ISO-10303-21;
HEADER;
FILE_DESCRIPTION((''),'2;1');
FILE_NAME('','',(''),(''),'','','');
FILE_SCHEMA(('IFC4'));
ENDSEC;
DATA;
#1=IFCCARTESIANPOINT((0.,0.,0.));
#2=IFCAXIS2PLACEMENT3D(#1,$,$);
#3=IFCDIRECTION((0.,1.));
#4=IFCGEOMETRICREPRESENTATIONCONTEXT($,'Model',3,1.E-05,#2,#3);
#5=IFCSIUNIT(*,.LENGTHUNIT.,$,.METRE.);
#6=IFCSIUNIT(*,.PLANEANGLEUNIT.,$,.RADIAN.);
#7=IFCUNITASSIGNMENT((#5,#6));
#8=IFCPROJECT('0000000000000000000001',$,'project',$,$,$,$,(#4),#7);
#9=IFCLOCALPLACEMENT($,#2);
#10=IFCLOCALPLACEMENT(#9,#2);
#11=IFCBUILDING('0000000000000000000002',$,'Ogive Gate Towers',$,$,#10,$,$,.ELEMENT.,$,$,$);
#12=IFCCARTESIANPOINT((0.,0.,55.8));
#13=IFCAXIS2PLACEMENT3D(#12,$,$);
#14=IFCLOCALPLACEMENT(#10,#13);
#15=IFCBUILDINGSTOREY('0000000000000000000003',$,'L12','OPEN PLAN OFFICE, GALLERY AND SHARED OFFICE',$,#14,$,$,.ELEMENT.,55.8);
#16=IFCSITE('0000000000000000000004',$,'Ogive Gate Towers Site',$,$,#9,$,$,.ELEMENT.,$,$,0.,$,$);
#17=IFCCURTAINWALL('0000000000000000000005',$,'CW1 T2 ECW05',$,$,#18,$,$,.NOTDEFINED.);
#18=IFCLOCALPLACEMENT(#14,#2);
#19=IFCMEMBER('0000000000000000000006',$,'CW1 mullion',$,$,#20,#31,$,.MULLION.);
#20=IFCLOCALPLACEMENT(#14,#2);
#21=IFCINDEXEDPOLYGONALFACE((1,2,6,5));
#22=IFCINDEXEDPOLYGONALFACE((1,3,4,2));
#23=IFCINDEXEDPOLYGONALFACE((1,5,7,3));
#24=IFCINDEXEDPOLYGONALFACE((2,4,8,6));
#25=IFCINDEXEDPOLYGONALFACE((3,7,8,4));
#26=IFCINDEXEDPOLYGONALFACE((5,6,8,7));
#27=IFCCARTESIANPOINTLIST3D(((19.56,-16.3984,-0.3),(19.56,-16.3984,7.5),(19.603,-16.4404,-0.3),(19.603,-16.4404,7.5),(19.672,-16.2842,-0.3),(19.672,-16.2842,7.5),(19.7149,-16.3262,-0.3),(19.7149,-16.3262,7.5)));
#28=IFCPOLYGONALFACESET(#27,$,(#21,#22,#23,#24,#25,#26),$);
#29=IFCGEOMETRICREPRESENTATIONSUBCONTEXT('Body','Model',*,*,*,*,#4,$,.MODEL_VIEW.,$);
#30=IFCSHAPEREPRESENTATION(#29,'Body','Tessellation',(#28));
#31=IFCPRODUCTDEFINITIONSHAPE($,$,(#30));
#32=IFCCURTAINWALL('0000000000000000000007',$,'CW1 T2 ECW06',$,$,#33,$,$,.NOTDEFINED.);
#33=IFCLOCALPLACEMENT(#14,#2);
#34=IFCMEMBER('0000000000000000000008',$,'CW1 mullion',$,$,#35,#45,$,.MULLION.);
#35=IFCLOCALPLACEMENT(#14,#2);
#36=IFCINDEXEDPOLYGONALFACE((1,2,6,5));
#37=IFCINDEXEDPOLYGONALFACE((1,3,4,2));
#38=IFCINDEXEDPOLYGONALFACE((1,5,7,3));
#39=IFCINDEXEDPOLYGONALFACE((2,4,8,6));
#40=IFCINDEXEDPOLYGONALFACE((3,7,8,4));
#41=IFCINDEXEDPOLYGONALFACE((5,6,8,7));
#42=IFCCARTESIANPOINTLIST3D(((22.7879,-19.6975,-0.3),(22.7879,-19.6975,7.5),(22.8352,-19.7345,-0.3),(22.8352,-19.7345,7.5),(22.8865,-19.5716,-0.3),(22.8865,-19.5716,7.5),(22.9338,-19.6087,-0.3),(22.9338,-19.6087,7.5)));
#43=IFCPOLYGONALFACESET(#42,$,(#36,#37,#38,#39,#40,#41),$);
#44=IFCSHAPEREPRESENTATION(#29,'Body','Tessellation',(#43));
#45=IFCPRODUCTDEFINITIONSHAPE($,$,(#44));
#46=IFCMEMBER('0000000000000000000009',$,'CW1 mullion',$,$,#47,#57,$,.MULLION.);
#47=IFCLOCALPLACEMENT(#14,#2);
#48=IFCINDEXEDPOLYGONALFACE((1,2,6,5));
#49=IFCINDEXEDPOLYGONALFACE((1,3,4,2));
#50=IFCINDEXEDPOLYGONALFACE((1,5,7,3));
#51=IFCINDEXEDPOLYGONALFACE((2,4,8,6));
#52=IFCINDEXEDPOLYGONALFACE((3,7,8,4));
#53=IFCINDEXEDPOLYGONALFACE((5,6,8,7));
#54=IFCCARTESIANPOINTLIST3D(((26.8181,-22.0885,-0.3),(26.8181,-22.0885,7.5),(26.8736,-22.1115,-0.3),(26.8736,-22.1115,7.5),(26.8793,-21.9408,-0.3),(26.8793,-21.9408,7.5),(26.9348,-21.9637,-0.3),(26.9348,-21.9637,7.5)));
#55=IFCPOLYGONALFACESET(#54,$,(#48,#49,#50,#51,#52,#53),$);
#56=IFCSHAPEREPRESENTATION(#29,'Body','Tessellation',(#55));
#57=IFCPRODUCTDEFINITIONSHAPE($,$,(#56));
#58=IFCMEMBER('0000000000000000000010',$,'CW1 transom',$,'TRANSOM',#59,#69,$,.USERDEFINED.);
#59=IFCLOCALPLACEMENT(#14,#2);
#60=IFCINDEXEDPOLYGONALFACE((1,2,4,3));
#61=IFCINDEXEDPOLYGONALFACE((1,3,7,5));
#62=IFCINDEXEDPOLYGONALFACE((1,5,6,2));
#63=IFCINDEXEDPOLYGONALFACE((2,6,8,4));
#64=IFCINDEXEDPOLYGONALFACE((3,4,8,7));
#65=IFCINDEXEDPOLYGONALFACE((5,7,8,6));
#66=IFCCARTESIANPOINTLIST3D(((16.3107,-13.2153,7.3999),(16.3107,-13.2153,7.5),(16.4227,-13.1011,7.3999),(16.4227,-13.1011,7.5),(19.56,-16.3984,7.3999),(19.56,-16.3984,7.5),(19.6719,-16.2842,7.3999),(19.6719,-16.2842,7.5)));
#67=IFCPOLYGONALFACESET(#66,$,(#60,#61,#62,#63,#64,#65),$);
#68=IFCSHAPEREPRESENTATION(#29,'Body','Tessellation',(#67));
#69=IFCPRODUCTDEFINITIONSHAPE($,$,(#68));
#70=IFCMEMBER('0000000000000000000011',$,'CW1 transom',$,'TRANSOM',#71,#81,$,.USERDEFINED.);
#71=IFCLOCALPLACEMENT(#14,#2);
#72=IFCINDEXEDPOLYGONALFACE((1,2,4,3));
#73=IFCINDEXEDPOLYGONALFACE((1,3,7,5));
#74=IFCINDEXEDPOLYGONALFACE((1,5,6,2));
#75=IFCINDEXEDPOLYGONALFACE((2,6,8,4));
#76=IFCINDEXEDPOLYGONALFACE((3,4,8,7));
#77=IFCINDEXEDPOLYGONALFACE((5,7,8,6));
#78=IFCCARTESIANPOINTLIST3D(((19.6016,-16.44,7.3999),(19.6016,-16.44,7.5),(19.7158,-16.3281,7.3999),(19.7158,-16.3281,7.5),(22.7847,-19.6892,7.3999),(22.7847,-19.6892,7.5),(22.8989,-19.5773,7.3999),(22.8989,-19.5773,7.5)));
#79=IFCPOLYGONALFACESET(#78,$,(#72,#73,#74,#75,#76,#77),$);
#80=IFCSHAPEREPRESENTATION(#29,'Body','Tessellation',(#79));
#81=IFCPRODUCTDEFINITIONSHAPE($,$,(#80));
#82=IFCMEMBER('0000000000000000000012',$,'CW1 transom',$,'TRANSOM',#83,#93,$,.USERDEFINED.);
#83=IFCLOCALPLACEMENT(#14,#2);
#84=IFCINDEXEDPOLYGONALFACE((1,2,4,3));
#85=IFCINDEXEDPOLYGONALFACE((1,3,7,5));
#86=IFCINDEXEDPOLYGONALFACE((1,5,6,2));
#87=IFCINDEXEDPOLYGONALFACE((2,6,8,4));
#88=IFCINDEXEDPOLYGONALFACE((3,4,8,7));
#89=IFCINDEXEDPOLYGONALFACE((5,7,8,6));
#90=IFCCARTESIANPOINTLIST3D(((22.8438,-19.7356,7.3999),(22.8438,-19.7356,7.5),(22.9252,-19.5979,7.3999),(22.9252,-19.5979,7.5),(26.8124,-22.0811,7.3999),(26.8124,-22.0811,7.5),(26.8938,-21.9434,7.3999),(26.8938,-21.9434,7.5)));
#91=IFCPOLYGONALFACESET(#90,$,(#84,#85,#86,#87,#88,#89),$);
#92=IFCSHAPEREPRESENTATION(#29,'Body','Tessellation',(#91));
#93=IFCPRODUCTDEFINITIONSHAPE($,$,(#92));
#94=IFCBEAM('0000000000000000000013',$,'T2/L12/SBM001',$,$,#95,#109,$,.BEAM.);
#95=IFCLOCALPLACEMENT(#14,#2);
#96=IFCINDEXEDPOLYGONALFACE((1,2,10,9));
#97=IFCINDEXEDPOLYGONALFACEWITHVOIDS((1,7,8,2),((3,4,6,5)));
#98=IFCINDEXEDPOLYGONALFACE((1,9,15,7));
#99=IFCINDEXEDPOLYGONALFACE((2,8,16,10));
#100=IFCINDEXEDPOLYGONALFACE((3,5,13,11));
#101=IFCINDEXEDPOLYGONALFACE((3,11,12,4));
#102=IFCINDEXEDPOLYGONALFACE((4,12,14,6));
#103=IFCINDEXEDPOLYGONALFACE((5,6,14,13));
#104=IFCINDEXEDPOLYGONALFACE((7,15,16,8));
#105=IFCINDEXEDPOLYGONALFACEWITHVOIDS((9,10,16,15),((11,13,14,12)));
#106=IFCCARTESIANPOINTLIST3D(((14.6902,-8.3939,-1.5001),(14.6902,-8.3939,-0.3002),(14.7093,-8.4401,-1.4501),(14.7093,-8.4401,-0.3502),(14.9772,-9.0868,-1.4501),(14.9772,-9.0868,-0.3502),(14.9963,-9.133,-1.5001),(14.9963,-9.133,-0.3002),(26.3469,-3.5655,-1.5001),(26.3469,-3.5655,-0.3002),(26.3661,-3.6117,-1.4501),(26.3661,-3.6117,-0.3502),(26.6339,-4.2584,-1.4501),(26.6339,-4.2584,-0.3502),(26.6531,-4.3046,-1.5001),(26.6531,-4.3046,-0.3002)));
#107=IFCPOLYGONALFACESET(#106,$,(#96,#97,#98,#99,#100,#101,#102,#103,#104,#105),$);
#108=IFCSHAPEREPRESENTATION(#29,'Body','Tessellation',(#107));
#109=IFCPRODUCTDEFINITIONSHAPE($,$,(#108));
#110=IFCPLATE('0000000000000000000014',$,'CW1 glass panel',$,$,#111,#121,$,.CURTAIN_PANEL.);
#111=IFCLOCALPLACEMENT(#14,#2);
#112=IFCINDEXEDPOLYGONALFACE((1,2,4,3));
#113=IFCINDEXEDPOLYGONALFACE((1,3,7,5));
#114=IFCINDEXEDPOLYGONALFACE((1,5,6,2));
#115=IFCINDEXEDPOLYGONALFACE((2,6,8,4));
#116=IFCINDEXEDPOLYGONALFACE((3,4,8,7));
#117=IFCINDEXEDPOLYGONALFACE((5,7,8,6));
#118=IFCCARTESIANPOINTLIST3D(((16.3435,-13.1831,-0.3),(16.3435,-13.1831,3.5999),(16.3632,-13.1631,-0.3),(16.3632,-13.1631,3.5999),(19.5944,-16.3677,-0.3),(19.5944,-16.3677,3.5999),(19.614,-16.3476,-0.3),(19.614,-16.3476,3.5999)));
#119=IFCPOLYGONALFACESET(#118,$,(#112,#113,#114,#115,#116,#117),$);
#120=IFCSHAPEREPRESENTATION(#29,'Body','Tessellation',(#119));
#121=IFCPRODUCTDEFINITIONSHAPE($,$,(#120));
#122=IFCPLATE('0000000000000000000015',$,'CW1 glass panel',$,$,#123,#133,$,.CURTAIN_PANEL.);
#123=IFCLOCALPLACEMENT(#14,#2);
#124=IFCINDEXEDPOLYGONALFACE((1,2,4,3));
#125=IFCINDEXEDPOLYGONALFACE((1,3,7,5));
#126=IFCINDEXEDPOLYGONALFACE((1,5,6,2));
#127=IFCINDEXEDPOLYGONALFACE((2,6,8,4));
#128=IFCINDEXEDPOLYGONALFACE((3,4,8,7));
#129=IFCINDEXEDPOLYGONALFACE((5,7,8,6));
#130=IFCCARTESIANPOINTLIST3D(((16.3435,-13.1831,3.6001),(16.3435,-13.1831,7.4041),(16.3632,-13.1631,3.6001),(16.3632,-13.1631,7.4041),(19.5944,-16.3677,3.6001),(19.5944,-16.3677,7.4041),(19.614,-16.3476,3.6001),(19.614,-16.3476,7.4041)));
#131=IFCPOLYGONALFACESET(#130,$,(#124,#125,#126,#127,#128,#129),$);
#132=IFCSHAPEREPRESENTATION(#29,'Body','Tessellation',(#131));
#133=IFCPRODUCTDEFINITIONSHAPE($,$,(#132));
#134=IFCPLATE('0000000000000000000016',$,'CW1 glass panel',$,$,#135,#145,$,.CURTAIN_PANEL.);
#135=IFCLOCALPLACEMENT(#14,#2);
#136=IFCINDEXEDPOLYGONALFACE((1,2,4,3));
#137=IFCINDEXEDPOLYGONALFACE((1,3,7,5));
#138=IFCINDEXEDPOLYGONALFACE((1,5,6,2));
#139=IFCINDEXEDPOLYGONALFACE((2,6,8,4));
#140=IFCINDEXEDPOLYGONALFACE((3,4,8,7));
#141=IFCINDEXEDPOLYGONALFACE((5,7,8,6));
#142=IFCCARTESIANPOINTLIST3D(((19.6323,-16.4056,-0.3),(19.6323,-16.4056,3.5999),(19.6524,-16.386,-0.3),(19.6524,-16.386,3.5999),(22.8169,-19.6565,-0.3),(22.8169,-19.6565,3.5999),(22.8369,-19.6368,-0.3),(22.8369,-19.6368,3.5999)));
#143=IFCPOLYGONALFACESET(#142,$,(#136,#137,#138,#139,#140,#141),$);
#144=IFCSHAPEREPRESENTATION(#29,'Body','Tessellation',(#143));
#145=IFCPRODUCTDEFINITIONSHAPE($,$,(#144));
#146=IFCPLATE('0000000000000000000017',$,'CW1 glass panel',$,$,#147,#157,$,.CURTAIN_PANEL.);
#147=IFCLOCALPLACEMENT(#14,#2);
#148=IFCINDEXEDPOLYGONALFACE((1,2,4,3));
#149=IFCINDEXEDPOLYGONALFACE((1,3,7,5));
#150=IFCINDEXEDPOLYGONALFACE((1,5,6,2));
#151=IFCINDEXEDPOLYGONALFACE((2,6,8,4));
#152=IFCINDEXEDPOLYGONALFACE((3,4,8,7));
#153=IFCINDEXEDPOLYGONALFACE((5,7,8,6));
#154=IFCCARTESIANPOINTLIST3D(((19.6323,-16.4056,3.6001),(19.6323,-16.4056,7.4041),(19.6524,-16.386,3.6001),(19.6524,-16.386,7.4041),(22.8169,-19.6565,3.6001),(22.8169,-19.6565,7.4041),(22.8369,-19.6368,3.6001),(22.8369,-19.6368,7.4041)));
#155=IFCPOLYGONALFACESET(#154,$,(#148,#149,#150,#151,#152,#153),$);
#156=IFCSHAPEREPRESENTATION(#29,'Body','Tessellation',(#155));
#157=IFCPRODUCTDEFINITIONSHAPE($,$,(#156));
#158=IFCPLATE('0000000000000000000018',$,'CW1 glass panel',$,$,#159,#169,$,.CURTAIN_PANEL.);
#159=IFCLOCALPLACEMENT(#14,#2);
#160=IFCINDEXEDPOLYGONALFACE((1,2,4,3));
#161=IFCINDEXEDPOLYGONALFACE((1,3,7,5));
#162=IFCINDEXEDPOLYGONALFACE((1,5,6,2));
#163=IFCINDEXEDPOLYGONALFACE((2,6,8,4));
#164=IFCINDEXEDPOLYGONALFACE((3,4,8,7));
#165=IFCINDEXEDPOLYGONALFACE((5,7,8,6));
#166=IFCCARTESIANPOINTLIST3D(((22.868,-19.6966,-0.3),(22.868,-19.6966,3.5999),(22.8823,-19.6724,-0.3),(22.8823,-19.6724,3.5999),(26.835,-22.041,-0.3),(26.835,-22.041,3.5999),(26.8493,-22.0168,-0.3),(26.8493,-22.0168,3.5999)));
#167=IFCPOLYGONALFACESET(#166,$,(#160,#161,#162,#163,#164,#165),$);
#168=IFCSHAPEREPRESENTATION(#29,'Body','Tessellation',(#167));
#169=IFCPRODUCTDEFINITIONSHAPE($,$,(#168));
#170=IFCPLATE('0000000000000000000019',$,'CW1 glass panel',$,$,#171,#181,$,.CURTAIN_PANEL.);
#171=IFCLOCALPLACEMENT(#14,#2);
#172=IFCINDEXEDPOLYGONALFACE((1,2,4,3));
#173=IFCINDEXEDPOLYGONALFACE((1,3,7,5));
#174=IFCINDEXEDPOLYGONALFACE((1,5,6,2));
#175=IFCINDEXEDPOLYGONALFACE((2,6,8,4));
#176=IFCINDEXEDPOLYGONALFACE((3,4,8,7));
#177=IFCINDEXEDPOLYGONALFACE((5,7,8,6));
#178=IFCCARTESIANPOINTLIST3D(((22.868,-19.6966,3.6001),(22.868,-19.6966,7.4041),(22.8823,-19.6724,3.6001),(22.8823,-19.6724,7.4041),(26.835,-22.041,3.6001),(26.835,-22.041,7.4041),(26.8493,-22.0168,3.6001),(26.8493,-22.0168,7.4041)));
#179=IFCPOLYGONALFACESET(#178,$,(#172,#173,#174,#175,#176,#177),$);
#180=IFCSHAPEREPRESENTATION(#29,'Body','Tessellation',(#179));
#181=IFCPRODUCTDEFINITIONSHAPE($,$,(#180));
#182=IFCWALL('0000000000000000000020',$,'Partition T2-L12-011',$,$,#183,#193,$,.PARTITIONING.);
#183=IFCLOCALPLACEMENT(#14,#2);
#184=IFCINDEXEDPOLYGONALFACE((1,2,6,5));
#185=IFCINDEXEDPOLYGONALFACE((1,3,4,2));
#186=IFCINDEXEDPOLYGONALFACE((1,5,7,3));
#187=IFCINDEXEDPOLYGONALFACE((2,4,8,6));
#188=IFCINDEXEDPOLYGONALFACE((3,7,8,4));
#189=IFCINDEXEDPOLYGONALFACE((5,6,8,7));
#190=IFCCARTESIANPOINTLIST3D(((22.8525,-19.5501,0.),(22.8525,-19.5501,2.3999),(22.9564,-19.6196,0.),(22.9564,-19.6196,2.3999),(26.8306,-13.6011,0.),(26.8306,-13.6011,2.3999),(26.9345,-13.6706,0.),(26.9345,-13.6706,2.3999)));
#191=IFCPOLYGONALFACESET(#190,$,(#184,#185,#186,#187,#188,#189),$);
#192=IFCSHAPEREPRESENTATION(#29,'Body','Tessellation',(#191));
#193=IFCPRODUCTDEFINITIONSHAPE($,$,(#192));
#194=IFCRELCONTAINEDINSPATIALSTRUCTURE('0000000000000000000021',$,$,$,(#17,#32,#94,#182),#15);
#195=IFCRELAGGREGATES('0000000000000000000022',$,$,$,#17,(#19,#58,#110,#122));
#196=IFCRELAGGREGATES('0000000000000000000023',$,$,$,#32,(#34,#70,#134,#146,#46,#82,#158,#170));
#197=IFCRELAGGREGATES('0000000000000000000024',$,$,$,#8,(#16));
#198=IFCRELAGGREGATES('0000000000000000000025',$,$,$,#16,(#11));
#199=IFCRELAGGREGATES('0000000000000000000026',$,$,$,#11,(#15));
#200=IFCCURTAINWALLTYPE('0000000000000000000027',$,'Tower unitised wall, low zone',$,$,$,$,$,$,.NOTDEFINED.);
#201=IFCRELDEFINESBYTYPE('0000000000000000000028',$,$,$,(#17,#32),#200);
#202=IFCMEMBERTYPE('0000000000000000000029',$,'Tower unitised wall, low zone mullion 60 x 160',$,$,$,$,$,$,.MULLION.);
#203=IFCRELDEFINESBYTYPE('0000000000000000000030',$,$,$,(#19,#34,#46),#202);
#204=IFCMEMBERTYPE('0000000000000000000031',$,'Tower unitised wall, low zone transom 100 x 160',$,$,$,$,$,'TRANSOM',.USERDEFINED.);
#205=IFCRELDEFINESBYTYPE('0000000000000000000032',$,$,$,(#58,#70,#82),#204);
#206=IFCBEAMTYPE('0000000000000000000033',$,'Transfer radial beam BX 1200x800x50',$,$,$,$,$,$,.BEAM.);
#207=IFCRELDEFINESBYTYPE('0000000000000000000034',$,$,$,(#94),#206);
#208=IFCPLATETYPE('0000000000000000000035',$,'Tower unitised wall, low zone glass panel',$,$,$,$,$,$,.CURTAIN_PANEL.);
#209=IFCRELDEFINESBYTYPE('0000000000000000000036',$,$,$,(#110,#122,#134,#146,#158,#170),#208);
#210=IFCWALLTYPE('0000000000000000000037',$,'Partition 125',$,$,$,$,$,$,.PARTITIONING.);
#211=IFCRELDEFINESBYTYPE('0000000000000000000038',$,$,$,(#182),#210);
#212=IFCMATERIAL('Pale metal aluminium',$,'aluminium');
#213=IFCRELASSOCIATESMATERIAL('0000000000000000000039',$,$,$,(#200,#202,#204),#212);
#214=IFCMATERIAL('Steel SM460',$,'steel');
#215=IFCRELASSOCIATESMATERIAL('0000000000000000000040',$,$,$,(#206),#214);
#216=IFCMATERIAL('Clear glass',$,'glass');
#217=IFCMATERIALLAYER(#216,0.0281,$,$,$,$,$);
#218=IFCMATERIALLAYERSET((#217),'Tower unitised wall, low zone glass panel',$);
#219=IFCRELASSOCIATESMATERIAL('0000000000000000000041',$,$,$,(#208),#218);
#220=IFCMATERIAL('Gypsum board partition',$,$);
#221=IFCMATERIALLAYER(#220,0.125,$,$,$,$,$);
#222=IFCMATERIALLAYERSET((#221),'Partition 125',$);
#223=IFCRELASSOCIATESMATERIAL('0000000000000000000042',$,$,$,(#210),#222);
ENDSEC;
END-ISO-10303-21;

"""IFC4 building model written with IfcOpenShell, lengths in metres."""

from ifc_helpers import new_model, si_unit, direction, frame, frame_2d, origin, origin_2d, place, context, subcontext, project, spatial, rectangle, hollow_rectangle, extrude, material, layer, layer_set, material_profile, profile_set, type_object, element, aggregate, save


model = new_model("IFC4")

# Units and contexts
model_context = context("Model", 3, precision=1e-05, world=origin(), true_north=direction((0.0, 1.0)))
body_context = subcontext(model_context, "Body", "Model", "MODEL_VIEW")
ifc_project = project(units=[si_unit("LENGTHUNIT", "METRE"), si_unit("PLANEANGLEUNIT", "RADIAN")], contexts=[model_context])

# Site, building, storey
site_placement = place(None, origin())
site = spatial("IfcSite", under=ifc_project, at=site_placement, Name="Ogive Gate Towers Site", CompositionType="ELEMENT", RefElevation=0.0)
building_placement = place(site_placement, origin())
building = spatial("IfcBuilding", under=site, at=building_placement, Name="Ogive Gate Towers", CompositionType="ELEMENT")
storey_placement = place(building_placement, frame((0.0, 0.0, 55.8)))
storey = spatial("IfcBuildingStorey", under=building, at=storey_placement, Name="L12", Description="OPEN PLAN OFFICE, GALLERY AND SHARED OFFICE", CompositionType="ELEMENT", Elevation=55.8)

# Curtain wall, member
ifc_material_1 = material(Name="Pale metal aluminium", Category="aluminium")
curtain_wall_type = type_object("IfcCurtainWallType", Name="Tower unitised wall, low zone", PredefinedType="NOTDEFINED", material=ifc_material_1)
curtain_wall_1_placement = place(storey_placement, origin())
curtain_wall_1 = element("IfcCurtainWall", 1, at=curtain_wall_1_placement, inside=storey, type_object=curtain_wall_type, Name="CW1 T2 ECW05", PredefinedType="NOTDEFINED")
ifc_material_profile_1 = material_profile(ifc_material_1, rectangle(XDim=0.1599, YDim=0.0601, at=origin_2d()), Name="60 x 160 aluminium box")
ifc_profile_set_1 = profile_set([ifc_material_profile_1], Name="Pale metal aluminium")
member_type_1 = type_object("IfcMemberType", Name="Tower unitised wall, low zone mullion 60 x 160", PredefinedType="MULLION", material=ifc_profile_set_1)
member_1_placement = place(storey_placement, frame((19.6375, -16.3623, -0.3), z_axis=(0.0, 0.0, 1.0), x_axis=(-0.699788, -0.714351, 0.0)))
member_1 = element("IfcMember", 2, at=member_1_placement, type_object=member_type_1, Name="CW1 mullion", PredefinedType="MULLION", context=body_context, shape_type="SweptSolid", body=[
    extrude(rectangle(XDim=0.1599, YDim=0.0601, at=origin_2d()), origin(), (0.0, 0.0, 1.0), 7.8),
])

# Curtain wall, members
curtain_wall_2_placement = place(storey_placement, origin())
curtain_wall_2 = element("IfcCurtainWall", 3, at=curtain_wall_2_placement, inside=storey, type_object=curtain_wall_type, Name="CW1 T2 ECW06", PredefinedType="NOTDEFINED")
member_2_placement = place(storey_placement, frame((22.8608, -19.6531, -0.3), z_axis=(0.0, 0.0, 1.0), x_axis=(-0.616844, -0.787086, 0.0)))
member_2 = element("IfcMember", 4, at=member_2_placement, type_object=member_type_1, Name="CW1 mullion", PredefinedType="MULLION", context=body_context, shape_type="SweptSolid", body=[
    extrude(rectangle(XDim=0.1599, YDim=0.0601, at=origin_2d()), origin(), (0.0, 0.0, 1.0), 7.8),
])
member_3_placement = place(storey_placement, frame((26.8765, -22.0261, -0.3), z_axis=(0.0, 0.0, 1.0), x_axis=(-0.382683, -0.92388, 0.0)))
member_3 = element("IfcMember", 5, at=member_3_placement, type_object=member_type_1, Name="CW1 mullion", PredefinedType="MULLION", context=body_context, shape_type="SweptSolid", body=[
    extrude(rectangle(XDim=0.1599, YDim=0.0601, at=origin_2d()), origin(), (0.0, 0.0, 1.0), 7.8),
])

# Members
ifc_material_profile_2 = material_profile(ifc_material_1, rectangle(XDim=0.1599, YDim=0.1001, at=origin_2d()), Name="100 x 160 aluminium box")
ifc_profile_set_2 = profile_set([ifc_material_profile_2], Name="Pale metal aluminium")
member_type_2 = type_object("IfcMemberType", Name="Tower unitised wall, low zone transom 100 x 160", ElementType="TRANSOM", PredefinedType="USERDEFINED", material=ifc_profile_set_2)
member_4_placement = place(storey_placement, frame((16.3667, -13.1582, 7.45), z_axis=(0.714342, -0.699797, 0.0), x_axis=(0.699797, 0.714342, 0.0)))
member_4 = element("IfcMember", 6, at=member_4_placement, type_object=member_type_2, Name="CW1 transom", ObjectType="TRANSOM", PredefinedType="USERDEFINED", context=body_context, shape_type="SweptSolid", body=[
    extrude(rectangle(XDim=0.1599, YDim=0.1001, at=origin_2d()), origin(), (0.0, 0.0, 1.0), 4.5486),
])
member_5_placement = place(storey_placement, frame((19.6587, -16.384, 7.45), z_axis=(0.699797, -0.714342, 0.0), x_axis=(0.714342, 0.699797, 0.0)))
member_5 = element("IfcMember", 7, at=member_5_placement, type_object=member_type_2, Name="CW1 transom", ObjectType="TRANSOM", PredefinedType="USERDEFINED", context=body_context, shape_type="SweptSolid", body=[
    extrude(rectangle(XDim=0.1599, YDim=0.1001, at=origin_2d()), origin(), (0.0, 0.0, 1.0), 4.5486),
])
member_6_placement = place(storey_placement, frame((22.8845, -19.6667, 7.45), z_axis=(0.860885, -0.508799, 0.0), x_axis=(0.508799, 0.860885, 0.0)))
member_6 = element("IfcMember", 8, at=member_6_placement, type_object=member_type_2, Name="CW1 transom", ObjectType="TRANSOM", PredefinedType="USERDEFINED", context=body_context, shape_type="SweptSolid", body=[
    extrude(rectangle(XDim=0.1599, YDim=0.1001, at=origin_2d()), origin(), (0.0, 0.0, 1.0), 4.6099),
])

# Beam
ifc_material_2 = material(Name="Steel SM460", Category="steel")
ifc_material_profile_3 = material_profile(ifc_material_2, hollow_rectangle(XDim=0.8, YDim=1.2, WallThickness=0.05, at=origin_2d()), Name="BX 1200x800x50")
ifc_profile_set_3 = profile_set([ifc_material_profile_3], Name="Steel SM460")
beam_type = type_object("IfcBeamType", Name="Transfer radial beam BX 1200x800x50", PredefinedType="BEAM", material=ifc_profile_set_3)
beam_placement = place(storey_placement, frame((26.5, -3.9351, -0.9001), z_axis=(-0.92388, -0.382683, 0.0), x_axis=(0.382683, -0.92388, 0.0)))
element("IfcBeam", 9, at=beam_placement, inside=storey, type_object=beam_type, Name="T2/L12/SBM001", PredefinedType="BEAM", context=body_context, shape_type="SweptSolid", body=[
    extrude(hollow_rectangle(XDim=0.8, YDim=1.2, WallThickness=0.05, at=origin_2d()), origin(), (0.0, 0.0, 1.0), 12.6172),
])

# Plates
ifc_material_3 = material(Name="Clear glass", Category="glass")
ifc_layer_1 = layer(ifc_material_3, 0.0281)
ifc_layer_set_1 = layer_set([ifc_layer_1], Name="Tower unitised wall, low zone glass panel")
plate_type = type_object("IfcPlateType", Name="Tower unitised wall, low zone glass panel", PredefinedType="CURTAIN_PANEL", material=ifc_layer_set_1)
plate_1_placement = place(storey_placement, frame((17.9788, -14.7654, -0.3), z_axis=(0.0, 0.0, 1.0), x_axis=(0.714351, -0.699788, 0.0)))
plate_1 = element("IfcPlate", 10, at=plate_1_placement, type_object=plate_type, Name="CW1 glass panel", PredefinedType="CURTAIN_PANEL", context=body_context, shape_type="SweptSolid", body=[
    extrude(rectangle(XDim=4.5508, YDim=0.0281, at=origin_2d()), origin(), (0.0, 0.0, 1.0), 3.8999),
])
plate_2_placement = place(storey_placement, frame((17.9788, -14.7654, 3.6001), z_axis=(0.0, 0.0, 1.0), x_axis=(0.714351, -0.699788, 0.0)))
plate_2 = element("IfcPlate", 11, at=plate_2_placement, type_object=plate_type, Name="CW1 glass panel", PredefinedType="CURTAIN_PANEL", context=body_context, shape_type="SweptSolid", body=[
    extrude(rectangle(XDim=4.5508, YDim=0.0281, at=origin_2d()), origin(), (0.0, 0.0, 1.0), 3.804),
])
aggregate(curtain_wall_1, [member_1, member_4, plate_1, plate_2])
plate_3_placement = place(storey_placement, frame((21.2346, -18.0212, -0.3), z_axis=(0.0, 0.0, 1.0), x_axis=(0.699788, -0.714351, 0.0)))
plate_3 = element("IfcPlate", 12, at=plate_3_placement, type_object=plate_type, Name="CW1 glass panel", PredefinedType="CURTAIN_PANEL", context=body_context, shape_type="SweptSolid", body=[
    extrude(rectangle(XDim=4.5508, YDim=0.0281, at=origin_2d()), origin(), (0.0, 0.0, 1.0), 3.8999),
])
plate_4_placement = place(storey_placement, frame((21.2346, -18.0212, 3.6001), z_axis=(0.0, 0.0, 1.0), x_axis=(0.699788, -0.714351, 0.0)))
plate_4 = element("IfcPlate", 13, at=plate_4_placement, type_object=plate_type, Name="CW1 glass panel", PredefinedType="CURTAIN_PANEL", context=body_context, shape_type="SweptSolid", body=[
    extrude(rectangle(XDim=4.5508, YDim=0.0281, at=origin_2d()), origin(), (0.0, 0.0, 1.0), 3.804),
])
plate_5_placement = place(storey_placement, frame((24.8586, -20.8567, -0.3), z_axis=(0.0, 0.0, 1.0), x_axis=(0.860902, -0.508771, 0.0)))
plate_5 = element("IfcPlate", 14, at=plate_5_placement, type_object=plate_type, Name="CW1 glass panel", PredefinedType="CURTAIN_PANEL", context=body_context, shape_type="SweptSolid", body=[
    extrude(rectangle(XDim=4.6079, YDim=0.0281, at=origin_2d()), origin(), (0.0, 0.0, 1.0), 3.8999),
])
plate_6_placement = place(storey_placement, frame((24.8586, -20.8567, 3.6001), z_axis=(0.0, 0.0, 1.0), x_axis=(0.860902, -0.508771, 0.0)))
plate_6 = element("IfcPlate", 15, at=plate_6_placement, type_object=plate_type, Name="CW1 glass panel", PredefinedType="CURTAIN_PANEL", context=body_context, shape_type="SweptSolid", body=[
    extrude(rectangle(XDim=4.6079, YDim=0.0281, at=origin_2d()), origin(), (0.0, 0.0, 1.0), 3.804),
])
aggregate(curtain_wall_2, [member_2, member_5, plate_3, plate_4, member_3, member_6, plate_5, plate_6])

# Wall
ifc_material_4 = material(Name="Gypsum board partition")
ifc_layer_2 = layer(ifc_material_4, 0.125)
ifc_layer_set_2 = layer_set([ifc_layer_2], Name="Partition 125")
wall_type_1 = type_object("IfcWallType", Name="Partition 125", PredefinedType="PARTITIONING", material=ifc_layer_set_2)
wall_1_placement = place(storey_placement, frame((22.9045, -19.5847, 0.0), z_axis=(0.0, 0.0, 1.0), x_axis=(0.555865, 0.831273, 0.0)))
element("IfcWall", 16, at=wall_1_placement, inside=storey, type_object=wall_type_1, Name="Partition T2-L12-011", PredefinedType="PARTITIONING", context=body_context, shape_type="SweptSolid", body=[
    extrude(rectangle(XDim=7.1565, YDim=0.125, at=frame_2d((3.5781, 0.0))), origin(), (0.0, 0.0, 1.0), 2.3999),
])

save(model, "model.ifc")
